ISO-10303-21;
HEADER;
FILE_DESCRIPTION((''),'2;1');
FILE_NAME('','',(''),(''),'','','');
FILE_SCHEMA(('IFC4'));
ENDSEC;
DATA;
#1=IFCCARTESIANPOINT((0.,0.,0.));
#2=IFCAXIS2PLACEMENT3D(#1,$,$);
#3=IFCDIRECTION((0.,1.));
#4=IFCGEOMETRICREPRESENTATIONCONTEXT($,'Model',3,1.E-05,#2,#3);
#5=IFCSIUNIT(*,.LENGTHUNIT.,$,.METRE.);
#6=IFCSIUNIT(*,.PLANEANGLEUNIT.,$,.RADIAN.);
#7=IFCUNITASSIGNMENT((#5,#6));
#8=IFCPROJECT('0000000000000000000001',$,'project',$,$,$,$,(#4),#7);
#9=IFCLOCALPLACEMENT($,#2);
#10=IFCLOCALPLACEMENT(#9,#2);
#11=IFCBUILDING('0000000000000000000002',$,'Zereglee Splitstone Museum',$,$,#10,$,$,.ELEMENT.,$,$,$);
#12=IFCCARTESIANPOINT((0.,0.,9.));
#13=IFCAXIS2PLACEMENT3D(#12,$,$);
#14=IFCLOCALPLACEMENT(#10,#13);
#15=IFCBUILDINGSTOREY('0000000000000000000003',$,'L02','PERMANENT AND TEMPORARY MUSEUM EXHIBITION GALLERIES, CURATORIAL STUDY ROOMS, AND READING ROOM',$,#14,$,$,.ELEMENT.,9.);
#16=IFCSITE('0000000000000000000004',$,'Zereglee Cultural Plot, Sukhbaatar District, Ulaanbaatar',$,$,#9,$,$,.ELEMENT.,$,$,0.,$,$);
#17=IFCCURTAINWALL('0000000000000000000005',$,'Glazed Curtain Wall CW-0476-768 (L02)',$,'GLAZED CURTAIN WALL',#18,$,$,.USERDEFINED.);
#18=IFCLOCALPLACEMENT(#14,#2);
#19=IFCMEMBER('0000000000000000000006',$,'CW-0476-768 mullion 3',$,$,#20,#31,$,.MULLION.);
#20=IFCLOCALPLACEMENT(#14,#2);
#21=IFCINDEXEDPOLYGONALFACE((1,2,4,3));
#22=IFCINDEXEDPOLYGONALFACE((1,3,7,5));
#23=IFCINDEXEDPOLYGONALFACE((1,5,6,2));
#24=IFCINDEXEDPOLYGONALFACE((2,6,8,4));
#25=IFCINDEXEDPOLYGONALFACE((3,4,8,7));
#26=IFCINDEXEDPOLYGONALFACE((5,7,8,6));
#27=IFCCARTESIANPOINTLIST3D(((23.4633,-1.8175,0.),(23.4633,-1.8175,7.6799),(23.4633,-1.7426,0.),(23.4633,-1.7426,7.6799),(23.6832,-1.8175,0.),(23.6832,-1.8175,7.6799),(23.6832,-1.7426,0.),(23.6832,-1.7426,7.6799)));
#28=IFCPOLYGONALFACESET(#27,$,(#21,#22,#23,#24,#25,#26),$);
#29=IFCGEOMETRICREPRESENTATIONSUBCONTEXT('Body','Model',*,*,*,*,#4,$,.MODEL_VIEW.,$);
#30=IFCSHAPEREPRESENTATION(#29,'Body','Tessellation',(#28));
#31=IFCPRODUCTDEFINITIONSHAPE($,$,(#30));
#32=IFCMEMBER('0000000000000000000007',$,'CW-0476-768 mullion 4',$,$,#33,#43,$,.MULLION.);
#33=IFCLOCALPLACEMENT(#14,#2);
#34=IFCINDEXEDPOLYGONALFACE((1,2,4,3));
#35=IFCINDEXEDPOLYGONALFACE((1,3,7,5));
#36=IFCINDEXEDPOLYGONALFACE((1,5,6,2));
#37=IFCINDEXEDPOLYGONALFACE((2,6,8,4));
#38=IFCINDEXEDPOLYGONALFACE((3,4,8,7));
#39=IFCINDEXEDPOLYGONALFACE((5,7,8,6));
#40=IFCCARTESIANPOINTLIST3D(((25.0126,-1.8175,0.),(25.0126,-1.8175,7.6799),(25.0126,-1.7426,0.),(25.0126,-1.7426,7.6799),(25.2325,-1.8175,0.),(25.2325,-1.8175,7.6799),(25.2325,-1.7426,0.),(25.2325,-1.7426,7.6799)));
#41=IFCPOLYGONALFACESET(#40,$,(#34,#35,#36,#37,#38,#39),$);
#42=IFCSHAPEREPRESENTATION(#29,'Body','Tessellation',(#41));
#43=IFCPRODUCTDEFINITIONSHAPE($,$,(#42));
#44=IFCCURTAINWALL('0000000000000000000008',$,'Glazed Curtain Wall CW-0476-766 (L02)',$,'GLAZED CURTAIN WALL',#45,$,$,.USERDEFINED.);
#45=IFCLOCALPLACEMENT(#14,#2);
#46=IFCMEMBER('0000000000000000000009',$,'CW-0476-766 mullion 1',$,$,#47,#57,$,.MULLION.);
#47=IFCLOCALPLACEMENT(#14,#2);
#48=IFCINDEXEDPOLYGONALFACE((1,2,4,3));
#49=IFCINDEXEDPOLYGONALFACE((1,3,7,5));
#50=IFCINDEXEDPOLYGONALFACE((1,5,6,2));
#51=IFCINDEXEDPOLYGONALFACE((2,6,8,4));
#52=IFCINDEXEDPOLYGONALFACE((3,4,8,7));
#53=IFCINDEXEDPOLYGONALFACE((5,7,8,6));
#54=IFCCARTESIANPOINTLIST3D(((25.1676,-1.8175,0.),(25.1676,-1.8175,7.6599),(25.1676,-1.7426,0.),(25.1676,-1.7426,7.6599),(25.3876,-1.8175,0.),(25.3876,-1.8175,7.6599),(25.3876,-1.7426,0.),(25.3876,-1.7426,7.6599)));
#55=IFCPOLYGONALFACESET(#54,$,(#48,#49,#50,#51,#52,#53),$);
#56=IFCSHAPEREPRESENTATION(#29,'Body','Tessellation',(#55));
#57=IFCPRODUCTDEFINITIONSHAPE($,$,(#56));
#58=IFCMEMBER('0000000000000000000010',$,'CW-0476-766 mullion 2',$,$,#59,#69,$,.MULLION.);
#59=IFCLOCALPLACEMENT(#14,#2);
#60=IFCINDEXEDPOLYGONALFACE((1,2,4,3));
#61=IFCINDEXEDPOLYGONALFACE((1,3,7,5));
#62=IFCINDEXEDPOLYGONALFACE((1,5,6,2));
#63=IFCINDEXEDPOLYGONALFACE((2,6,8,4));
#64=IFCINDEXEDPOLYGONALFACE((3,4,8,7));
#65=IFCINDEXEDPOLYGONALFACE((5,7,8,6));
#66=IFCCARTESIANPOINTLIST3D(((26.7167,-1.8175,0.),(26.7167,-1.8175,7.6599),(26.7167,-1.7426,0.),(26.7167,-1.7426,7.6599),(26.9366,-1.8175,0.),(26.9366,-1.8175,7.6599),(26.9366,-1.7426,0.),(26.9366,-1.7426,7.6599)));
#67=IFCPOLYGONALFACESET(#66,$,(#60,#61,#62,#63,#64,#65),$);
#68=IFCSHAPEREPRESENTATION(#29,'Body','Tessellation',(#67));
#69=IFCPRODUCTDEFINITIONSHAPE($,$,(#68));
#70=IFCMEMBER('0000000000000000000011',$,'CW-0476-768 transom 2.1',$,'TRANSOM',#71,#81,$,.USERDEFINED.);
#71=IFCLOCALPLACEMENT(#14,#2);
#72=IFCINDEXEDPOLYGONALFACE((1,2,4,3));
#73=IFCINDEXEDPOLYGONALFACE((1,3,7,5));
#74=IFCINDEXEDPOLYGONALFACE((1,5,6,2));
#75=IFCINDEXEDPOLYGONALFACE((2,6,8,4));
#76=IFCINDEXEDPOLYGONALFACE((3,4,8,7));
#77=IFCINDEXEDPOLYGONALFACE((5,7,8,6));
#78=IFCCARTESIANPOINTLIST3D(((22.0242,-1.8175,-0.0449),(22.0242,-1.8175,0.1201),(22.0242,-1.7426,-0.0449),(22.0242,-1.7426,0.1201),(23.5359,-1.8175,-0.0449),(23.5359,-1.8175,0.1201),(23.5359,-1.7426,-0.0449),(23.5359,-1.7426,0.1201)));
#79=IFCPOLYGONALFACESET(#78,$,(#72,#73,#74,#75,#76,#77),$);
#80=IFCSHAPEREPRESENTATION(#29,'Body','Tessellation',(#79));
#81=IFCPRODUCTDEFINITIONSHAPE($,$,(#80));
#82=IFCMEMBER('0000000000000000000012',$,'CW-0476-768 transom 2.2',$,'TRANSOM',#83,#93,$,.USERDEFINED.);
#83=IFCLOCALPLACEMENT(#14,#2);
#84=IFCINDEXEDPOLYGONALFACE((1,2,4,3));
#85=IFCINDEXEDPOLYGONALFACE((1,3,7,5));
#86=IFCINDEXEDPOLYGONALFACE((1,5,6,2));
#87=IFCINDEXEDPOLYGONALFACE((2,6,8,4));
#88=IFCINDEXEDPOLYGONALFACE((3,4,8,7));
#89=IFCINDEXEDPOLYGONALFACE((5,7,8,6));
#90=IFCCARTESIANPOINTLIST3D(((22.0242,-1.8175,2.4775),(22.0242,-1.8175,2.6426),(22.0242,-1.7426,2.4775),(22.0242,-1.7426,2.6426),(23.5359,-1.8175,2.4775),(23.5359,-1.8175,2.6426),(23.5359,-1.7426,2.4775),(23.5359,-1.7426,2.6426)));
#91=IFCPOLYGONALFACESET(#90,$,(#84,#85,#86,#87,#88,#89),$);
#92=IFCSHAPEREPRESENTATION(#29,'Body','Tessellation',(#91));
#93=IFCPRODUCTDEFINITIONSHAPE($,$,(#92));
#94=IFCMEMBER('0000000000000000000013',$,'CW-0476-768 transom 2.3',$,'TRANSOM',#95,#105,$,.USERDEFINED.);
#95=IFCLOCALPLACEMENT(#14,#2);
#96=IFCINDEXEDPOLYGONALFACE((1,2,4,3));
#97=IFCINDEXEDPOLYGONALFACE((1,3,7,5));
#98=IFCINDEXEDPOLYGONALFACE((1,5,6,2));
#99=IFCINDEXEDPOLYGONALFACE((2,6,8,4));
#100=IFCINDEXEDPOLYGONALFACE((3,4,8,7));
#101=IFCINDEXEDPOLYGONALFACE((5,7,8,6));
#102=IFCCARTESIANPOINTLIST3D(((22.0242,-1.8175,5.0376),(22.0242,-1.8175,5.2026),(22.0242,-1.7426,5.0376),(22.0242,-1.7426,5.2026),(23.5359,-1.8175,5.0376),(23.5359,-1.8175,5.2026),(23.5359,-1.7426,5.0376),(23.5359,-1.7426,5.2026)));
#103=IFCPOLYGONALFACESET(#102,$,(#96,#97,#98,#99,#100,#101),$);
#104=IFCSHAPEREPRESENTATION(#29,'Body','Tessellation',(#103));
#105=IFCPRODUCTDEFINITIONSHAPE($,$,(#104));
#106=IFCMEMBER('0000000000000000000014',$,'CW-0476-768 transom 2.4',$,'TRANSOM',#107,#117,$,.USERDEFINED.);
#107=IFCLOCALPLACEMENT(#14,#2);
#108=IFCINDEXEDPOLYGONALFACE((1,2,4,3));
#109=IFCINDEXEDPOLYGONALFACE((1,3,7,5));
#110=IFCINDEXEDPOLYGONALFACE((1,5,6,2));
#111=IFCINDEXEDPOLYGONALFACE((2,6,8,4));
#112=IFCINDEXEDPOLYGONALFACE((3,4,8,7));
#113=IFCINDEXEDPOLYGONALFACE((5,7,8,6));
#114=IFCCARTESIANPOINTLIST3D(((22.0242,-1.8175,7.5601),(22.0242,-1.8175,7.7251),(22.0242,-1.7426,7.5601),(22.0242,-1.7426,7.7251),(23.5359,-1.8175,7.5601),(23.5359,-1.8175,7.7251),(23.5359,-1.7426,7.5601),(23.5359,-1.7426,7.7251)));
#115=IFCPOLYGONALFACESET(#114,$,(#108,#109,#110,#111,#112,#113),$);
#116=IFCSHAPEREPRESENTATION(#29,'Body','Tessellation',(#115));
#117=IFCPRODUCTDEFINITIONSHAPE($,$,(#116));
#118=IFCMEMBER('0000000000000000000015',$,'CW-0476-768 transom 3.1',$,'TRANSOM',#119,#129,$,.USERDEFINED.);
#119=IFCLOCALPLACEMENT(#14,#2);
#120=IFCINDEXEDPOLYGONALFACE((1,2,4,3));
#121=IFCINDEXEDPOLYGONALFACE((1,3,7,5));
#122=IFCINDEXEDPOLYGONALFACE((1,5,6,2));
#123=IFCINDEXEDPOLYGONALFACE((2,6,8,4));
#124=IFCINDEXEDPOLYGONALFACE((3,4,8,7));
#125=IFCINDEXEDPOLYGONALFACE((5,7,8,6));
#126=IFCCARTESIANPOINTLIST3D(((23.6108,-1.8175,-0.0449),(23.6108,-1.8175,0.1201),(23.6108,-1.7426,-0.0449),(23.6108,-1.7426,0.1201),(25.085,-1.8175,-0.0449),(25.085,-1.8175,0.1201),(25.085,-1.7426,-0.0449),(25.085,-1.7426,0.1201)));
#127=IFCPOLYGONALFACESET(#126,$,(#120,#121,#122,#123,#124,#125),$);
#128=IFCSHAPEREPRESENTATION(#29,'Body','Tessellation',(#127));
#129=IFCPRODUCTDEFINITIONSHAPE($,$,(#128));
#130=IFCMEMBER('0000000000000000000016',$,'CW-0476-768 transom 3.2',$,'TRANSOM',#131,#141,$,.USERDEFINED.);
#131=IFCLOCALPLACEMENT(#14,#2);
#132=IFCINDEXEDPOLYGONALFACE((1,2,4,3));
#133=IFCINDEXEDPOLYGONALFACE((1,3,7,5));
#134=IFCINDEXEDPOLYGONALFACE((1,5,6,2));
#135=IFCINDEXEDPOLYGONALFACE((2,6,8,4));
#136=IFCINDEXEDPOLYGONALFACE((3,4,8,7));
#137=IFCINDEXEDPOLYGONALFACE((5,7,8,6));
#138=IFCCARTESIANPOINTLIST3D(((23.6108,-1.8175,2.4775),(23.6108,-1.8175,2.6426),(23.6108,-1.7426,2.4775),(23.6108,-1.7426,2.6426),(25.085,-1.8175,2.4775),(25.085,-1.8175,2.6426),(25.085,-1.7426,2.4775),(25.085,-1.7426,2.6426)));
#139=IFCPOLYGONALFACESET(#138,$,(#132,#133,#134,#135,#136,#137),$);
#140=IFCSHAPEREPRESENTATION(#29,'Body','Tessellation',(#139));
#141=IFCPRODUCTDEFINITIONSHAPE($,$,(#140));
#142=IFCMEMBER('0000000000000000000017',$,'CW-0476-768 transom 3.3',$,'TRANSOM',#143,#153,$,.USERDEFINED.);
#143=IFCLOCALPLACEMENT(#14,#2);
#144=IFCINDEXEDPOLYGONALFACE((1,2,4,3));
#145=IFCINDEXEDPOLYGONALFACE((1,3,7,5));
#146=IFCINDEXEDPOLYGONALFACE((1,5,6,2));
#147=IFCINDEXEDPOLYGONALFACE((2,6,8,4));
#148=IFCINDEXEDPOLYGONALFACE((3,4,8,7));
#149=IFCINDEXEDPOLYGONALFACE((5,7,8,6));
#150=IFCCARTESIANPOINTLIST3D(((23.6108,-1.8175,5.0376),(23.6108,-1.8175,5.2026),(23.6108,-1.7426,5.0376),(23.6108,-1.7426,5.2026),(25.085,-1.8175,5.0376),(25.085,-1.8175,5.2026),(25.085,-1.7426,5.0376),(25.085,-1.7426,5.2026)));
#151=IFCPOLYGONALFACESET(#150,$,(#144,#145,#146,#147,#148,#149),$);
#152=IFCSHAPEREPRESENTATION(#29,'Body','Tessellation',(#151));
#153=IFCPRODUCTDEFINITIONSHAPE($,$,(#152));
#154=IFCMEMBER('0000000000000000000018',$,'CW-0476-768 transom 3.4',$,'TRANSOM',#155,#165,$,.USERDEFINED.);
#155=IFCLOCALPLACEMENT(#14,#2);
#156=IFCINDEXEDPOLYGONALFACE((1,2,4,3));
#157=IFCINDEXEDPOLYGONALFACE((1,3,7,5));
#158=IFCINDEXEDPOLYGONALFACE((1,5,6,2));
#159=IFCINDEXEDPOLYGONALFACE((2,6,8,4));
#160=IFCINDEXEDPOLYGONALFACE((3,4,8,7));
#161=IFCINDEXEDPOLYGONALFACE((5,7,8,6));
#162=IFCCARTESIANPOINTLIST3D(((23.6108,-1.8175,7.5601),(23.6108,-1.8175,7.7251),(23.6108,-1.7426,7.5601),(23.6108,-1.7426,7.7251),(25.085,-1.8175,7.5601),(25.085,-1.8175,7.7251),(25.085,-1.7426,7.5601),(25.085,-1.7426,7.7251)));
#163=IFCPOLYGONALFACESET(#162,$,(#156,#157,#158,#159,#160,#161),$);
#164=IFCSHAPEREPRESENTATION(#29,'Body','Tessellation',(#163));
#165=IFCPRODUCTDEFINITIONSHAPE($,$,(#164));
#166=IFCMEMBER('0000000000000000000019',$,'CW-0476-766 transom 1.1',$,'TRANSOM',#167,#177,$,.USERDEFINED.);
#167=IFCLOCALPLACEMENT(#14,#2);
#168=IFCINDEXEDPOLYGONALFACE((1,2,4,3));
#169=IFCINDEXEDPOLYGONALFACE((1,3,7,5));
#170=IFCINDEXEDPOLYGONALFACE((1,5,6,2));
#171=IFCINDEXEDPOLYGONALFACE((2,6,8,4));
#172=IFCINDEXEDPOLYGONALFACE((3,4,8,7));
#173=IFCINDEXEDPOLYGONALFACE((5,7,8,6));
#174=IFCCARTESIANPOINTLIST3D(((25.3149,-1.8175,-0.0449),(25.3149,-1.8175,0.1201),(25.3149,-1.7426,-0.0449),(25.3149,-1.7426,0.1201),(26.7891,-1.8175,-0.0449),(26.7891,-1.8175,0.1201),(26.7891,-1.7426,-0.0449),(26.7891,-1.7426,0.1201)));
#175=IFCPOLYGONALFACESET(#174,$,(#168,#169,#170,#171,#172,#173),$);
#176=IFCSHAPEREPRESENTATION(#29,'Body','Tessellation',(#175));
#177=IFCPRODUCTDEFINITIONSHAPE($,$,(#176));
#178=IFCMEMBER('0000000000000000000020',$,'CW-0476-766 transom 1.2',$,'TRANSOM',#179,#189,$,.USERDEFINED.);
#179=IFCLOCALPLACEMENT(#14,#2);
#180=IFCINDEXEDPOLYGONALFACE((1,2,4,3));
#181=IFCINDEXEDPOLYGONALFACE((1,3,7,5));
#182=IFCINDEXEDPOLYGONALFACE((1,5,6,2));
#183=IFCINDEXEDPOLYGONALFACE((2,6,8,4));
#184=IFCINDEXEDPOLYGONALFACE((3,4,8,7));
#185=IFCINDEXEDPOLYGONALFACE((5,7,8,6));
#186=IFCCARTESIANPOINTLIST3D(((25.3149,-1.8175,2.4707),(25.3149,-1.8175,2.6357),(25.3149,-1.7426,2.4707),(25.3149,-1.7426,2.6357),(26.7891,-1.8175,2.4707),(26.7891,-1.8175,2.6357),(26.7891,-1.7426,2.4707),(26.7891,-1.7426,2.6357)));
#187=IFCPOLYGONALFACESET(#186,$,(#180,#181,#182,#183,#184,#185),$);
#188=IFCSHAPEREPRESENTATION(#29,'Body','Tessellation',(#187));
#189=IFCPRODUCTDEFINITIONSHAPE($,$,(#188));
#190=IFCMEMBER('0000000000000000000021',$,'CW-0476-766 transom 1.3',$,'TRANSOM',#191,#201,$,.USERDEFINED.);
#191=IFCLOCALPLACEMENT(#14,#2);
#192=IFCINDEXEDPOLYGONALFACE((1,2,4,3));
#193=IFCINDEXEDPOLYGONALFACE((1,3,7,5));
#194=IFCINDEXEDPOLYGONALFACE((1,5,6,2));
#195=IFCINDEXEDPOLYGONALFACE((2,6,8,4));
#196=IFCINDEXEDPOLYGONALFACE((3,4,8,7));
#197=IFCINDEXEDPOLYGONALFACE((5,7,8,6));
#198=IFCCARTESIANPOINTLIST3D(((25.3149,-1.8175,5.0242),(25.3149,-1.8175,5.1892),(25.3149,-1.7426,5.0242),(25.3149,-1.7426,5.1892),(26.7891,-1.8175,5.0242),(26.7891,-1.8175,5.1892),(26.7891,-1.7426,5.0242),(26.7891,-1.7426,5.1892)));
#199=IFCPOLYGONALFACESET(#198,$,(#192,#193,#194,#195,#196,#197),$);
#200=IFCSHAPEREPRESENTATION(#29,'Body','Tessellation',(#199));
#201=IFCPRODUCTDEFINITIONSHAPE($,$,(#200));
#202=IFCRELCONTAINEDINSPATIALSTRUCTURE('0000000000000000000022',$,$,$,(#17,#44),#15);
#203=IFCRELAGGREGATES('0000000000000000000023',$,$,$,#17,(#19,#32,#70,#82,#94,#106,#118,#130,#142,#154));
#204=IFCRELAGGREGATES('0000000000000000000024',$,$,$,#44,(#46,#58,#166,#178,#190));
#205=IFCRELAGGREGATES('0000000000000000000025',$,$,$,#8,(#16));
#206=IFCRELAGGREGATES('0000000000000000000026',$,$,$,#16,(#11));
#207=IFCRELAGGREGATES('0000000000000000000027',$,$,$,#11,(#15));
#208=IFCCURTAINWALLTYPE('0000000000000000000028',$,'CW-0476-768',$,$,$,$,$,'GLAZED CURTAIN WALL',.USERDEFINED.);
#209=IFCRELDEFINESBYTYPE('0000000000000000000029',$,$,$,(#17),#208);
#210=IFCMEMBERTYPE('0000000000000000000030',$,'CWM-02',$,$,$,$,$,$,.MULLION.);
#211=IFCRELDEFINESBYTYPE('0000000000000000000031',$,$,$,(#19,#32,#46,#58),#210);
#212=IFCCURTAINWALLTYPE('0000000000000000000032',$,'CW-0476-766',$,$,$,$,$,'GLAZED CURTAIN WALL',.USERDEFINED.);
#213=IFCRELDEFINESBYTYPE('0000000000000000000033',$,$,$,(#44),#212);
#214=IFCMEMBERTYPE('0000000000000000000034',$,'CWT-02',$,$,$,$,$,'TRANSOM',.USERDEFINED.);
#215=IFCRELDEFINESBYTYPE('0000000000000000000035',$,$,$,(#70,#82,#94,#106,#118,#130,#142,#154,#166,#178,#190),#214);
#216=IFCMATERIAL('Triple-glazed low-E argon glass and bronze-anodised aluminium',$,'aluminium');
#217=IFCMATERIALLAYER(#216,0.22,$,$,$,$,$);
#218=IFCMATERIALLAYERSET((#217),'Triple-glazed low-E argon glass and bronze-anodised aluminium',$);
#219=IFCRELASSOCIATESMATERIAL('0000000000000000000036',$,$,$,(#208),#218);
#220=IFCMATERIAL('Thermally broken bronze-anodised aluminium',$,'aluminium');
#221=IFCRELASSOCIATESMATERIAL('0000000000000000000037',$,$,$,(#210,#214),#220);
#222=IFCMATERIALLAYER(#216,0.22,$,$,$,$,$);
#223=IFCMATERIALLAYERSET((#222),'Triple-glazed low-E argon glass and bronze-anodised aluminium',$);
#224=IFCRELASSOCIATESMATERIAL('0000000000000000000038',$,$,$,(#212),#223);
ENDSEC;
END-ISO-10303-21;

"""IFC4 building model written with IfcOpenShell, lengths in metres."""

from ifc_helpers import new_model, si_unit, direction, frame, origin, origin_2d, place, context, subcontext, project, spatial, rectangle, extrude, material, layer, layer_set, material_profile, profile_set, type_object, element, aggregate, save


model = new_model("IFC4")

# Units and contexts
model_context = context("Model", 3, precision=1e-05, world=origin(), true_north=direction((0.0, 1.0)))
body_context = subcontext(model_context, "Body", "Model", "MODEL_VIEW")
ifc_project = project(units=[si_unit("LENGTHUNIT", "METRE"), si_unit("PLANEANGLEUNIT", "RADIAN")], contexts=[model_context])

# Site, building, storey
site_placement = place(None, origin())
site = spatial("IfcSite", under=ifc_project, at=site_placement, Name="Zereglee Cultural Plot, Sukhbaatar District, Ulaanbaatar", CompositionType="ELEMENT", RefElevation=0.0)
building_placement = place(site_placement, origin())
building = spatial("IfcBuilding", under=site, at=building_placement, Name="Zereglee Splitstone Museum", CompositionType="ELEMENT")
storey_placement = place(building_placement, frame((0.0, 0.0, 9.0)))
storey = spatial("IfcBuildingStorey", under=building, at=storey_placement, Name="L02", Description="PERMANENT AND TEMPORARY MUSEUM EXHIBITION GALLERIES, CURATORIAL STUDY ROOMS, AND READING ROOM", CompositionType="ELEMENT", Elevation=9.0)

# Curtain walls, members
ifc_material_1 = material(Name="Triple-glazed low-E argon glass and bronze-anodised aluminium", Category="aluminium")
ifc_layer_1 = layer(ifc_material_1, 0.22)
ifc_layer_set_1 = layer_set([ifc_layer_1], Name="Triple-glazed low-E argon glass and bronze-anodised aluminium")
curtain_wall_type_1 = type_object("IfcCurtainWallType", Name="CW-0476-768", ElementType="GLAZED CURTAIN WALL", PredefinedType="USERDEFINED", material=ifc_layer_set_1)
curtain_wall_1_placement = place(storey_placement, origin())
curtain_wall_1 = element("IfcCurtainWall", 1, at=curtain_wall_1_placement, inside=storey, type_object=curtain_wall_type_1, Name="Glazed Curtain Wall CW-0476-768 (L02)", ObjectType="GLAZED CURTAIN WALL", PredefinedType="USERDEFINED")
ifc_material_2 = material(Name="Thermally broken bronze-anodised aluminium", Category="aluminium")
ifc_material_profile_1 = material_profile(ifc_material_2, rectangle(XDim=0.075, YDim=0.22, at=origin_2d()), Name="CW MULL 75x220")
ifc_profile_set_1 = profile_set([ifc_material_profile_1], Name="Thermally broken bronze-anodised aluminium")
member_type_1 = type_object("IfcMemberType", Name="CWM-02", PredefinedType="MULLION", material=ifc_profile_set_1)
member_1_placement = place(storey_placement, frame((23.5732, -1.78, 0.0), z_axis=(0.0, 0.0, 1.0), x_axis=(0.0, 1.0, 0.0)))
member_1 = element("IfcMember", 2, at=member_1_placement, type_object=member_type_1, Name="CW-0476-768 mullion 3", PredefinedType="MULLION", context=body_context, shape_type="SweptSolid", body=[
    extrude(rectangle(XDim=0.075, YDim=0.22, at=origin_2d()), origin(), (0.0, 0.0, 1.0), 7.6799),
])
member_2_placement = place(storey_placement, frame((25.1226, -1.78, 0.0), z_axis=(0.0, 0.0, 1.0), x_axis=(0.0, 1.0, 0.0)))
member_2 = element("IfcMember", 3, at=member_2_placement, type_object=member_type_1, Name="CW-0476-768 mullion 4", PredefinedType="MULLION", context=body_context, shape_type="SweptSolid", body=[
    extrude(rectangle(XDim=0.075, YDim=0.22, at=origin_2d()), origin(), (0.0, 0.0, 1.0), 7.6799),
])
ifc_layer_2 = layer(ifc_material_1, 0.22)
ifc_layer_set_2 = layer_set([ifc_layer_2], Name="Triple-glazed low-E argon glass and bronze-anodised aluminium")
curtain_wall_type_2 = type_object("IfcCurtainWallType", Name="CW-0476-766", ElementType="GLAZED CURTAIN WALL", PredefinedType="USERDEFINED", material=ifc_layer_set_2)
curtain_wall_2_placement = place(storey_placement, origin())
curtain_wall_2 = element("IfcCurtainWall", 4, at=curtain_wall_2_placement, inside=storey, type_object=curtain_wall_type_2, Name="Glazed Curtain Wall CW-0476-766 (L02)", ObjectType="GLAZED CURTAIN WALL", PredefinedType="USERDEFINED")
member_3_placement = place(storey_placement, frame((25.2776, -1.78, 0.0), z_axis=(0.0, 0.0, 1.0), x_axis=(0.0, 1.0, 0.0)))
member_3 = element("IfcMember", 5, at=member_3_placement, type_object=member_type_1, Name="CW-0476-766 mullion 1", PredefinedType="MULLION", context=body_context, shape_type="SweptSolid", body=[
    extrude(rectangle(XDim=0.075, YDim=0.22, at=origin_2d()), origin(), (0.0, 0.0, 1.0), 7.6599),
])
member_4_placement = place(storey_placement, frame((26.8267, -1.78, 0.0), z_axis=(0.0, 0.0, 1.0), x_axis=(0.0, 1.0, 0.0)))
member_4 = element("IfcMember", 6, at=member_4_placement, type_object=member_type_1, Name="CW-0476-766 mullion 2", PredefinedType="MULLION", context=body_context, shape_type="SweptSolid", body=[
    extrude(rectangle(XDim=0.075, YDim=0.22, at=origin_2d()), origin(), (0.0, 0.0, 1.0), 7.6599),
])

# Members
ifc_material_profile_2 = material_profile(ifc_material_2, rectangle(XDim=0.075, YDim=0.165, at=origin_2d()), Name="CW TRAN 75x165")
ifc_profile_set_2 = profile_set([ifc_material_profile_2], Name="Thermally broken bronze-anodised aluminium")
member_type_2 = type_object("IfcMemberType", Name="CWT-02", ElementType="TRANSOM", PredefinedType="USERDEFINED", material=ifc_profile_set_2)
member_5_placement = place(storey_placement, frame((22.0242, -1.78, 0.0376), z_axis=(1.0, 0.0, 0.0), x_axis=(0.0, 1.0, 0.0)))
member_5 = element("IfcMember", 7, at=member_5_placement, type_object=member_type_2, Name="CW-0476-768 transom 2.1", ObjectType="TRANSOM", PredefinedType="USERDEFINED", context=body_context, shape_type="SweptSolid", body=[
    extrude(rectangle(XDim=0.075, YDim=0.165, at=origin_2d()), origin(), (0.0, 0.0, 1.0), 1.5117),
])
member_6_placement = place(storey_placement, frame((22.0242, -1.78, 2.5601), z_axis=(1.0, 0.0, 0.0), x_axis=(0.0, 1.0, 0.0)))
member_6 = element("IfcMember", 8, at=member_6_placement, type_object=member_type_2, Name="CW-0476-768 transom 2.2", ObjectType="TRANSOM", PredefinedType="USERDEFINED", context=body_context, shape_type="SweptSolid", body=[
    extrude(rectangle(XDim=0.075, YDim=0.165, at=origin_2d()), origin(), (0.0, 0.0, 1.0), 1.5117),
])
member_7_placement = place(storey_placement, frame((22.0242, -1.78, 5.1201), z_axis=(1.0, 0.0, 0.0), x_axis=(0.0, 1.0, 0.0)))
member_7 = element("IfcMember", 9, at=member_7_placement, type_object=member_type_2, Name="CW-0476-768 transom 2.3", ObjectType="TRANSOM", PredefinedType="USERDEFINED", context=body_context, shape_type="SweptSolid", body=[
    extrude(rectangle(XDim=0.075, YDim=0.165, at=origin_2d()), origin(), (0.0, 0.0, 1.0), 1.5117),
])
member_8_placement = place(storey_placement, frame((22.0242, -1.78, 7.6426), z_axis=(1.0, 0.0, 0.0), x_axis=(0.0, 1.0, 0.0)))
member_8 = element("IfcMember", 10, at=member_8_placement, type_object=member_type_2, Name="CW-0476-768 transom 2.4", ObjectType="TRANSOM", PredefinedType="USERDEFINED", context=body_context, shape_type="SweptSolid", body=[
    extrude(rectangle(XDim=0.075, YDim=0.165, at=origin_2d()), origin(), (0.0, 0.0, 1.0), 1.5117),
])
member_9_placement = place(storey_placement, frame((23.6108, -1.78, 0.0376), z_axis=(1.0, 0.0, 0.0), x_axis=(0.0, 1.0, 0.0)))
member_9 = element("IfcMember", 11, at=member_9_placement, type_object=member_type_2, Name="CW-0476-768 transom 3.1", ObjectType="TRANSOM", PredefinedType="USERDEFINED", context=body_context, shape_type="SweptSolid", body=[
    extrude(rectangle(XDim=0.075, YDim=0.165, at=origin_2d()), origin(), (0.0, 0.0, 1.0), 1.4741),
])
member_10_placement = place(storey_placement, frame((23.6108, -1.78, 2.5601), z_axis=(1.0, 0.0, 0.0), x_axis=(0.0, 1.0, 0.0)))
member_10 = element("IfcMember", 12, at=member_10_placement, type_object=member_type_2, Name="CW-0476-768 transom 3.2", ObjectType="TRANSOM", PredefinedType="USERDEFINED", context=body_context, shape_type="SweptSolid", body=[
    extrude(rectangle(XDim=0.075, YDim=0.165, at=origin_2d()), origin(), (0.0, 0.0, 1.0), 1.4741),
])
member_11_placement = place(storey_placement, frame((23.6108, -1.78, 5.1201), z_axis=(1.0, 0.0, 0.0), x_axis=(0.0, 1.0, 0.0)))
member_11 = element("IfcMember", 13, at=member_11_placement, type_object=member_type_2, Name="CW-0476-768 transom 3.3", ObjectType="TRANSOM", PredefinedType="USERDEFINED", context=body_context, shape_type="SweptSolid", body=[
    extrude(rectangle(XDim=0.075, YDim=0.165, at=origin_2d()), origin(), (0.0, 0.0, 1.0), 1.4741),
])
member_12_placement = place(storey_placement, frame((23.6108, -1.78, 7.6426), z_axis=(1.0, 0.0, 0.0), x_axis=(0.0, 1.0, 0.0)))
member_12 = element("IfcMember", 14, at=member_12_placement, type_object=member_type_2, Name="CW-0476-768 transom 3.4", ObjectType="TRANSOM", PredefinedType="USERDEFINED", context=body_context, shape_type="SweptSolid", body=[
    extrude(rectangle(XDim=0.075, YDim=0.165, at=origin_2d()), origin(), (0.0, 0.0, 1.0), 1.4741),
])
member_13_placement = place(storey_placement, frame((25.3149, -1.78, 0.0376), z_axis=(1.0, 0.0, 0.0), x_axis=(0.0, 1.0, 0.0)))
member_13 = element("IfcMember", 15, at=member_13_placement, type_object=member_type_2, Name="CW-0476-766 transom 1.1", ObjectType="TRANSOM", PredefinedType="USERDEFINED", context=body_context, shape_type="SweptSolid", body=[
    extrude(rectangle(XDim=0.075, YDim=0.165, at=origin_2d()), origin(), (0.0, 0.0, 1.0), 1.4741),
])
member_14_placement = place(storey_placement, frame((25.3149, -1.78, 2.5532), z_axis=(1.0, 0.0, 0.0), x_axis=(0.0, 1.0, 0.0)))
member_14 = element("IfcMember", 16, at=member_14_placement, type_object=member_type_2, Name="CW-0476-766 transom 1.2", ObjectType="TRANSOM", PredefinedType="USERDEFINED", context=body_context, shape_type="SweptSolid", body=[
    extrude(rectangle(XDim=0.075, YDim=0.165, at=origin_2d()), origin(), (0.0, 0.0, 1.0), 1.4741),
])
member_15_placement = place(storey_placement, frame((25.3149, -1.78, 5.1067), z_axis=(1.0, 0.0, 0.0), x_axis=(0.0, 1.0, 0.0)))
member_15 = element("IfcMember", 17, at=member_15_placement, type_object=member_type_2, Name="CW-0476-766 transom 1.3", ObjectType="TRANSOM", PredefinedType="USERDEFINED", context=body_context, shape_type="SweptSolid", body=[
    extrude(rectangle(XDim=0.075, YDim=0.165, at=origin_2d()), origin(), (0.0, 0.0, 1.0), 1.4741),
])

aggregate(curtain_wall_1, [member_1, member_2, member_5, member_6, member_7, member_8, member_9, member_10, member_11, member_12])
aggregate(curtain_wall_2, [member_3, member_4, member_13, member_14, member_15])

save(model, "model.ifc")
